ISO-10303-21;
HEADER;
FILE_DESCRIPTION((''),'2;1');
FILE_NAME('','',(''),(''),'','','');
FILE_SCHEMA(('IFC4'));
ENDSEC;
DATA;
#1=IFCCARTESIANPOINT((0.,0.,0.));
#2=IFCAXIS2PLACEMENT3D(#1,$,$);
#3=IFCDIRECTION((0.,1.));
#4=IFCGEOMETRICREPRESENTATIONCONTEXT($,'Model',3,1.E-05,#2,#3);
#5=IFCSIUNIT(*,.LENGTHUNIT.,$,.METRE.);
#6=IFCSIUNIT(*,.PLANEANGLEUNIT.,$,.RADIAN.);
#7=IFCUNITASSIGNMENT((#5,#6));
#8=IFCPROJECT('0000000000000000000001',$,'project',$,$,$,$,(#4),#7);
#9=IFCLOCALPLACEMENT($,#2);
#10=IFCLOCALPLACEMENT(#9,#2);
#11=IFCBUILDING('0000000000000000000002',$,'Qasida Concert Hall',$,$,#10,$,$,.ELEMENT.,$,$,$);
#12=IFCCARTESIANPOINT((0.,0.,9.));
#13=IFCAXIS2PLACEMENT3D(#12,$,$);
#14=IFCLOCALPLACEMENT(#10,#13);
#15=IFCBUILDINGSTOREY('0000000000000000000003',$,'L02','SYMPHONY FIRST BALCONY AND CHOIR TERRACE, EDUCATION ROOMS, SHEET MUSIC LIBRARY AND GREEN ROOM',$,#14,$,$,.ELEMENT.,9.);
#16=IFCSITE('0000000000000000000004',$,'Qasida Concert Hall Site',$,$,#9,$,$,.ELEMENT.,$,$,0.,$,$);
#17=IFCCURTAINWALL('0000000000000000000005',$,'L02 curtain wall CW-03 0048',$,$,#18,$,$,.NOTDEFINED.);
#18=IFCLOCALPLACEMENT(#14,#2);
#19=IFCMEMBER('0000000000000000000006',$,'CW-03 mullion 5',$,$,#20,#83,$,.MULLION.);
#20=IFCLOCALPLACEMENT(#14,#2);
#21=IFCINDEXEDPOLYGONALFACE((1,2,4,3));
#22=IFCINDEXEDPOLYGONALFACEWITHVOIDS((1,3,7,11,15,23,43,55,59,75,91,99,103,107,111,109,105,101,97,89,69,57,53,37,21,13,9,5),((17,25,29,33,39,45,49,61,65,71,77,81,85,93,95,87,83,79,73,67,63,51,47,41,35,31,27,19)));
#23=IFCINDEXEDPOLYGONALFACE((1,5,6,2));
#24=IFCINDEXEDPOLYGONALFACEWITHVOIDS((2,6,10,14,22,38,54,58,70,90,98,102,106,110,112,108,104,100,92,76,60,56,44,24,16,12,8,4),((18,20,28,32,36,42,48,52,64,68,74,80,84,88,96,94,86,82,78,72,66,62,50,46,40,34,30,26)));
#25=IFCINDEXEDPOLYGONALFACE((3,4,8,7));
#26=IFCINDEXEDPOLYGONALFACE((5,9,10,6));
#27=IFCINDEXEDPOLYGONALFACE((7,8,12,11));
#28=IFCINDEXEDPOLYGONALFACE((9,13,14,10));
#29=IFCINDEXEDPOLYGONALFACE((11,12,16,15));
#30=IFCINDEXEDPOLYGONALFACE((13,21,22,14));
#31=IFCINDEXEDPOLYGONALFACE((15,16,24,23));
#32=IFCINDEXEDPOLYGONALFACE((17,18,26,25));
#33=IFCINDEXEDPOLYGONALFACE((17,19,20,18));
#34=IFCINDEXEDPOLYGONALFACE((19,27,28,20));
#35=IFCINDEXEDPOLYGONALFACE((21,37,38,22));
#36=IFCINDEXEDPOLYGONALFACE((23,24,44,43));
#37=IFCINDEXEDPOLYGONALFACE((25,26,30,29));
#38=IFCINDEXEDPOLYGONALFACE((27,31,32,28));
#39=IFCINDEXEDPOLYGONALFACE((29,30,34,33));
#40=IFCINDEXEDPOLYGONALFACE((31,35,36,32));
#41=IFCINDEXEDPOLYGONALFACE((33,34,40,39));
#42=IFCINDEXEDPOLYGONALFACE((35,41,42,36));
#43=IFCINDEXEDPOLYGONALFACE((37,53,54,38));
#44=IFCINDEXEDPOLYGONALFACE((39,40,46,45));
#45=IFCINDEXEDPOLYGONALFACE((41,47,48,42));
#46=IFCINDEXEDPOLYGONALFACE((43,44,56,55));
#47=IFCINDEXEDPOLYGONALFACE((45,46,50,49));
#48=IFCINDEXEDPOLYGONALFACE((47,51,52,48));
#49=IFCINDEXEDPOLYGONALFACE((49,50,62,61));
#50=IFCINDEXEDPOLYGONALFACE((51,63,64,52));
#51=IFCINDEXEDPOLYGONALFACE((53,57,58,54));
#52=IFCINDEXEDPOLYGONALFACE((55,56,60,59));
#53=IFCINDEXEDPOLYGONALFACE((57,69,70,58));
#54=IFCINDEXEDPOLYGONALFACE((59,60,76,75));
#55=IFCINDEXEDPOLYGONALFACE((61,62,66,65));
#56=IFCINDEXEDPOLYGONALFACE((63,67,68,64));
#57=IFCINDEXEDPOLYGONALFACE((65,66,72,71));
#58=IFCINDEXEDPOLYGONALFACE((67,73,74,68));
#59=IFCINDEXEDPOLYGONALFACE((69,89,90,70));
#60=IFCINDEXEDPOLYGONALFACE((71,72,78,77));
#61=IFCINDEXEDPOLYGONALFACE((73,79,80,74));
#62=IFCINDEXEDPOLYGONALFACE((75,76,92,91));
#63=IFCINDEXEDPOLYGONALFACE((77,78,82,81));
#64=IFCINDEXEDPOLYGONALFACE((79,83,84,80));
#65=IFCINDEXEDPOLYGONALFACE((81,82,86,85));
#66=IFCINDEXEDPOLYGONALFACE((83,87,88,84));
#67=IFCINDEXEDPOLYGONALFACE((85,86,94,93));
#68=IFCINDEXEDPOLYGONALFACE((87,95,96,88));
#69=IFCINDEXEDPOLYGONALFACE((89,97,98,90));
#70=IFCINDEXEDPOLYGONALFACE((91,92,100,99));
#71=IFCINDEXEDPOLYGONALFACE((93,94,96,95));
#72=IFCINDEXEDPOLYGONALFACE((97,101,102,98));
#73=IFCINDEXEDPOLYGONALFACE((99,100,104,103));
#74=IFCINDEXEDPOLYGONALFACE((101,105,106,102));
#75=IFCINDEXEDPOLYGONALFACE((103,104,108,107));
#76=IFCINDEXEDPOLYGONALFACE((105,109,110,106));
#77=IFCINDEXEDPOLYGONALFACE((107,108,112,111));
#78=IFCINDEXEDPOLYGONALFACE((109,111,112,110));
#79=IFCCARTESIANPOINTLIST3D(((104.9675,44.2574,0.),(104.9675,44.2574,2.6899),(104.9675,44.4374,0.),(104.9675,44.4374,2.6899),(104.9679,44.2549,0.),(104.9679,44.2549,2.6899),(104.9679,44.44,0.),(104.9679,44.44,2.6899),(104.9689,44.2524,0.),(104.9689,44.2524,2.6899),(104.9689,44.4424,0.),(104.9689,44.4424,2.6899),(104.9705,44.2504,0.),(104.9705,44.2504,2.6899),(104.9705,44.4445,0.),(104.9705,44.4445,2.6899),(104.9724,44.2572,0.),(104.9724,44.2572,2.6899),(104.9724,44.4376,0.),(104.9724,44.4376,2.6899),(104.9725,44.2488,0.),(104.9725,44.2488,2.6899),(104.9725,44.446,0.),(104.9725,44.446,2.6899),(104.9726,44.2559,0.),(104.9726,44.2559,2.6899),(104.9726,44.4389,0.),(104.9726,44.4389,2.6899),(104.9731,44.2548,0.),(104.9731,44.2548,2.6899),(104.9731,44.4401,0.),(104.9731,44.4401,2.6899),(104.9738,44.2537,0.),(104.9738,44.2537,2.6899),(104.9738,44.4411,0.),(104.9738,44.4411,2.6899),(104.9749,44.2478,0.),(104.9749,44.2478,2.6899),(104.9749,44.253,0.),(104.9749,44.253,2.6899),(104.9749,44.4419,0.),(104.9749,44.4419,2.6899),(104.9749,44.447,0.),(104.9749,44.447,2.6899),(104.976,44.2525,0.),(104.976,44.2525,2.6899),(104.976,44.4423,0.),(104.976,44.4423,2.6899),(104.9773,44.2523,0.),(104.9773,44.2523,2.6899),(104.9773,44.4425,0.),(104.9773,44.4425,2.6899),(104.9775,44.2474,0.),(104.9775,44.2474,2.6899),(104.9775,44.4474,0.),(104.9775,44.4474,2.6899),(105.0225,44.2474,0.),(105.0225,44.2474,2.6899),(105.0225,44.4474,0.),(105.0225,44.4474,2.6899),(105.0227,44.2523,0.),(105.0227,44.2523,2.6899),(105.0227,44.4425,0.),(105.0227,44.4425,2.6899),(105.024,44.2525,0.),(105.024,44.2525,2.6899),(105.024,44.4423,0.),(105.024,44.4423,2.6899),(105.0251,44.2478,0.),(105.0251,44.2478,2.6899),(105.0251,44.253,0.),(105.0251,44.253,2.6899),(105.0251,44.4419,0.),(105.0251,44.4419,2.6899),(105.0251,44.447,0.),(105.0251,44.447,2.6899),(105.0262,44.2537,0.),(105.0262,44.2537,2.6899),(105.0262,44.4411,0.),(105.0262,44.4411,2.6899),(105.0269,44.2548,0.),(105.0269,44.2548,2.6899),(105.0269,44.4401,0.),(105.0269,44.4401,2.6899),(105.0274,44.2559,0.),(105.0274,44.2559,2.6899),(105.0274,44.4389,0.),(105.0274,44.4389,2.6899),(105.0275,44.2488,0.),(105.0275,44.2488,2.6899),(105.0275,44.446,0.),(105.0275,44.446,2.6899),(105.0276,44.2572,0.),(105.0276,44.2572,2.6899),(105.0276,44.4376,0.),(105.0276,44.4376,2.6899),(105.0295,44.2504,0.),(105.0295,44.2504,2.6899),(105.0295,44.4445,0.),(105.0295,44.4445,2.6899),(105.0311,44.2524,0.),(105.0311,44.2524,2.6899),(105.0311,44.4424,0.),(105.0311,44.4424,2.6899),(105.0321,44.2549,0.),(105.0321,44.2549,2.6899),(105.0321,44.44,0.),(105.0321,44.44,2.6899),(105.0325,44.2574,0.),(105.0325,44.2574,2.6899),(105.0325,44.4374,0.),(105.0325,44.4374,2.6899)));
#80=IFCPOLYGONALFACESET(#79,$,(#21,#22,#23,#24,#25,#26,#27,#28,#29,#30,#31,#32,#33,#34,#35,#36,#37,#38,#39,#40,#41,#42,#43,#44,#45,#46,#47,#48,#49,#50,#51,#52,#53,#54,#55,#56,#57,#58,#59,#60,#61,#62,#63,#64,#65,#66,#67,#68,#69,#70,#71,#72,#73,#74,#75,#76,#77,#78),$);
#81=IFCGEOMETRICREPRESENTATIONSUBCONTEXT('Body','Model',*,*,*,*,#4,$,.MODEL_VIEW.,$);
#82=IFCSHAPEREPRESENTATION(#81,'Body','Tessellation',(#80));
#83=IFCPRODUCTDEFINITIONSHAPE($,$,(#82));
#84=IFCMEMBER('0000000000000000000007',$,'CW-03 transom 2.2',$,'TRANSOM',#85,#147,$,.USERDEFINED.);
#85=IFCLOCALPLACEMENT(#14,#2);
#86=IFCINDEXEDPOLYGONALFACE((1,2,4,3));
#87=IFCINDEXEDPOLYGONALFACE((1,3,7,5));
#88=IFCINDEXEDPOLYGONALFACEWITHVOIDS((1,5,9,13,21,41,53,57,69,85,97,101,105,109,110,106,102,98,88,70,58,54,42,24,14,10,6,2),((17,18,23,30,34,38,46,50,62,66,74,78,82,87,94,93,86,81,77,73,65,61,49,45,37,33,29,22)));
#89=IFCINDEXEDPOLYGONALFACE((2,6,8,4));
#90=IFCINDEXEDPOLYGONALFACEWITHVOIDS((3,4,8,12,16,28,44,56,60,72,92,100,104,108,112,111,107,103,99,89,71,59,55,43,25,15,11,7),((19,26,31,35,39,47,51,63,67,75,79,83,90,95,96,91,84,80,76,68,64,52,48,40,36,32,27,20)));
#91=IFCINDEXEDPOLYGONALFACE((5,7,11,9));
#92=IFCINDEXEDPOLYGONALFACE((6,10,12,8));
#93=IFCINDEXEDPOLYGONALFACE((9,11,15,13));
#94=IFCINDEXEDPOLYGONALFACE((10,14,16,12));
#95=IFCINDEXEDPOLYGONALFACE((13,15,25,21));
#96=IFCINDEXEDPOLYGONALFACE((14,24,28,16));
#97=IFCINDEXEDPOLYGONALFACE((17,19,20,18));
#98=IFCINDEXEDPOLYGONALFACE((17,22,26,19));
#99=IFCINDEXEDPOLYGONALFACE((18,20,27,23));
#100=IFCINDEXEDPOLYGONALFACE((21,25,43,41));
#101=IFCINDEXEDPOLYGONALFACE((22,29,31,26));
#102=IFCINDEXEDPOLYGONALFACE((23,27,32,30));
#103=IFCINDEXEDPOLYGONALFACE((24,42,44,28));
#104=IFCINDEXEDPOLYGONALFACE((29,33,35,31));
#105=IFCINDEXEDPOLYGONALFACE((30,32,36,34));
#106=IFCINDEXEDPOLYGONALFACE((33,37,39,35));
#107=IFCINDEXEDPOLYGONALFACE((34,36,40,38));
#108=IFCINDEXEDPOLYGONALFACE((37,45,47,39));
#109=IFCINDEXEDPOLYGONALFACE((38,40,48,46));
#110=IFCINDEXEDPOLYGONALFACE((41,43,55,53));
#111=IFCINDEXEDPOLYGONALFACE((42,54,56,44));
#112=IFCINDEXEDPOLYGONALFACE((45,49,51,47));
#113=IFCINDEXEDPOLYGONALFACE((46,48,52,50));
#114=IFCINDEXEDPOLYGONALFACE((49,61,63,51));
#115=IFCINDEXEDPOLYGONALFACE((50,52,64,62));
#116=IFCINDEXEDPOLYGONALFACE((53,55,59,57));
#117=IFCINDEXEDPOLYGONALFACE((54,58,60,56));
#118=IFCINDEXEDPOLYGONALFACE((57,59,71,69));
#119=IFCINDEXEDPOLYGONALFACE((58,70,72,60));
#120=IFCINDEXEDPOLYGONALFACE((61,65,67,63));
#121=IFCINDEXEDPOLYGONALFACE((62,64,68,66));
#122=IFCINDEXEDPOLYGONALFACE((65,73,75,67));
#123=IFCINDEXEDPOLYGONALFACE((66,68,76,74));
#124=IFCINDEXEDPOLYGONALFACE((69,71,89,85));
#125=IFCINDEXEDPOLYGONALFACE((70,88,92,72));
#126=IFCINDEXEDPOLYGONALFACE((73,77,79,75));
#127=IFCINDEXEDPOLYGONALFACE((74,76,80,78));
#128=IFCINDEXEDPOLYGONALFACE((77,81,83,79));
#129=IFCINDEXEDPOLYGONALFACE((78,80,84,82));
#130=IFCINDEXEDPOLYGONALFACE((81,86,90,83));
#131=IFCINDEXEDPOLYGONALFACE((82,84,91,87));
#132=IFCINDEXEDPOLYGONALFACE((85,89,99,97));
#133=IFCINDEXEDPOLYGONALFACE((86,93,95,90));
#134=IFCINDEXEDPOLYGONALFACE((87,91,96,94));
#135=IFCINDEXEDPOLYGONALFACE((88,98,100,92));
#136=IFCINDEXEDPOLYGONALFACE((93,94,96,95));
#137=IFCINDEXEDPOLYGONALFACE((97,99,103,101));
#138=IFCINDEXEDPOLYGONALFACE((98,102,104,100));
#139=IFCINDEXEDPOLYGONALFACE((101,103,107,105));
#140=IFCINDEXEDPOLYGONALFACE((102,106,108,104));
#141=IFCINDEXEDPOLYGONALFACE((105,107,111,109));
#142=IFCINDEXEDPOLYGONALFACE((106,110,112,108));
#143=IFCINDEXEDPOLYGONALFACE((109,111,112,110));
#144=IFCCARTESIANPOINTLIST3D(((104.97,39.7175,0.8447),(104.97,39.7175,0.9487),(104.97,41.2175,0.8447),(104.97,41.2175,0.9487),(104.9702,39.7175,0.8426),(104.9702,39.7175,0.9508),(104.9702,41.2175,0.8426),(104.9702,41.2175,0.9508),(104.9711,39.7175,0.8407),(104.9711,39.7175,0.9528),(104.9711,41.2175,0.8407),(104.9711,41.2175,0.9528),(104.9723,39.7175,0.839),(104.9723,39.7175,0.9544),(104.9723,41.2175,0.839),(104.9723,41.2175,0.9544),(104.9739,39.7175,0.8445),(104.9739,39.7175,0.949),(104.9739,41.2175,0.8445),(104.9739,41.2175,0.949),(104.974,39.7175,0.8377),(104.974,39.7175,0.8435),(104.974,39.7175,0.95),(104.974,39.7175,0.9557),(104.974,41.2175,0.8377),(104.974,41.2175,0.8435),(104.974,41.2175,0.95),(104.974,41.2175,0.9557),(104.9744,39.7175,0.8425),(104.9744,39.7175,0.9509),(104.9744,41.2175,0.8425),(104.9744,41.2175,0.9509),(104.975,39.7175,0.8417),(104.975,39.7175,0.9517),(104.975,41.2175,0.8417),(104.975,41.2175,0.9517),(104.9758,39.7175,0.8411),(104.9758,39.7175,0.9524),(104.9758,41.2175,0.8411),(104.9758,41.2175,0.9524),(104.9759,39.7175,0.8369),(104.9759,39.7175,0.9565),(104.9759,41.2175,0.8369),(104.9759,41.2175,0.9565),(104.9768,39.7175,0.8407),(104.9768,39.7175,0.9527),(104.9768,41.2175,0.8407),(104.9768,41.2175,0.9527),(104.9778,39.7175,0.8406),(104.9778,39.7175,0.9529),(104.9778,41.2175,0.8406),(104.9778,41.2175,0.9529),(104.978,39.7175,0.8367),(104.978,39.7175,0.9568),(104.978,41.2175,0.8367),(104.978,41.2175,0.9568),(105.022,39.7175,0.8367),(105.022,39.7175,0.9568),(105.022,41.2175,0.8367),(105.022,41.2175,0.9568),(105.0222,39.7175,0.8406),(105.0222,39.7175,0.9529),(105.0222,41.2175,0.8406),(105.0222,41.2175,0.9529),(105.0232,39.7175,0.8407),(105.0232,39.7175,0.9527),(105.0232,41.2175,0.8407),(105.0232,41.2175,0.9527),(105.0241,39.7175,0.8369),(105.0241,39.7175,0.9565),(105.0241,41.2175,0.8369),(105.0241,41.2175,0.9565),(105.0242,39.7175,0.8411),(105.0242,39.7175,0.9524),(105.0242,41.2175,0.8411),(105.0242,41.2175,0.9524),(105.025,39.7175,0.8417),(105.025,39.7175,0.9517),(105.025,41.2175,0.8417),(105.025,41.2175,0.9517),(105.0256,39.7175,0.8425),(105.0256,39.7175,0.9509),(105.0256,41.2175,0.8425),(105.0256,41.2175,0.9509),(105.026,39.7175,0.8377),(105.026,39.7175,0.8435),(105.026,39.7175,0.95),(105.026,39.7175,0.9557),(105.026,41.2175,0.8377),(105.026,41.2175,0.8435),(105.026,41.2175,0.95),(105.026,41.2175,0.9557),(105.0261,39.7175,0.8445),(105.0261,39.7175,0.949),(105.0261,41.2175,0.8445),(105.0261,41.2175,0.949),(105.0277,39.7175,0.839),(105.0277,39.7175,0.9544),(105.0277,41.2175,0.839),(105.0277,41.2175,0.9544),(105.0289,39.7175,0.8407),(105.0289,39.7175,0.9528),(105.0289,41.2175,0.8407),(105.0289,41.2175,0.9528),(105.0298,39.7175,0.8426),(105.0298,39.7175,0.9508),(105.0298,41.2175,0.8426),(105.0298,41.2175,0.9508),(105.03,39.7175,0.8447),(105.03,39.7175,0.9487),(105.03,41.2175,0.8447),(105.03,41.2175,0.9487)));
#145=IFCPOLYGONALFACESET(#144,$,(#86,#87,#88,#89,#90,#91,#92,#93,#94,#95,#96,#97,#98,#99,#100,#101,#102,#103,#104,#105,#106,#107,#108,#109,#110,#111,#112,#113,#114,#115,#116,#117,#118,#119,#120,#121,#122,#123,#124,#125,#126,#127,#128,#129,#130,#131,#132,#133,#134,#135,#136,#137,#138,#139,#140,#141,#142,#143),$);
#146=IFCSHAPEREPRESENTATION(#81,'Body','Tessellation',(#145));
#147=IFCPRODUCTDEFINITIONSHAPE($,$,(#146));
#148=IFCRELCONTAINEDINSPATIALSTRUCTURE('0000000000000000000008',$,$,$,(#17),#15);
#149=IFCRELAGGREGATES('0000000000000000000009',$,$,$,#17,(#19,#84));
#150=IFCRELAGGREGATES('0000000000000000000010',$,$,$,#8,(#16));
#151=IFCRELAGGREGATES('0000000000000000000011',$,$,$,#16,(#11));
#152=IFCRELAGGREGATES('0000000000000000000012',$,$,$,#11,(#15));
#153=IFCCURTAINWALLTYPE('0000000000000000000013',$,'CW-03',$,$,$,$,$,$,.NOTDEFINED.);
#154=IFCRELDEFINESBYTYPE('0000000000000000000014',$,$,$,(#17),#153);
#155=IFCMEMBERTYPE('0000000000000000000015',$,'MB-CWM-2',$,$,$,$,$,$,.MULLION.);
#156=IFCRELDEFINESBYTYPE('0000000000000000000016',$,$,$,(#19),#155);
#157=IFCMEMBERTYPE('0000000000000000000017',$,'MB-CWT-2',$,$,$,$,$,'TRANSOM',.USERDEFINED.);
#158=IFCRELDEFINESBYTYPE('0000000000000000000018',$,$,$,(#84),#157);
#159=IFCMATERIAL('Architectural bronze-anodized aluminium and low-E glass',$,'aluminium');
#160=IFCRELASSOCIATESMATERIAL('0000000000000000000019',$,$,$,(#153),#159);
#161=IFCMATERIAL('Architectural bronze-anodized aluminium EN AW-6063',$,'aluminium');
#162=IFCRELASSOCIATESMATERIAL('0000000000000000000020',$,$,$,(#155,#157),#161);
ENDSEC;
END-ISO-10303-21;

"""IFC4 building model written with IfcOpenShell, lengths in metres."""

from ifc_helpers import new_model, si_unit, direction, frame, origin, origin_2d, place, context, subcontext, project, spatial, hollow_rectangle, extrude, material, material_profile, profile_set, type_object, element, aggregate, save


model = new_model("IFC4")

# Units and contexts
model_context = context("Model", 3, precision=1e-05, world=origin(), true_north=direction((0.0, 1.0)))
body_context = subcontext(model_context, "Body", "Model", "MODEL_VIEW")
ifc_project = project(units=[si_unit("LENGTHUNIT", "METRE"), si_unit("PLANEANGLEUNIT", "RADIAN")], contexts=[model_context])

# Site, building, storey
site_placement = place(None, origin())
site = spatial("IfcSite", under=ifc_project, at=site_placement, Name="Qasida Concert Hall Site", CompositionType="ELEMENT", RefElevation=0.0)
building_placement = place(site_placement, origin())
building = spatial("IfcBuilding", under=site, at=building_placement, Name="Qasida Concert Hall", CompositionType="ELEMENT")
storey_placement = place(building_placement, frame((0.0, 0.0, 9.0)))
storey = spatial("IfcBuildingStorey", under=building, at=storey_placement, Name="L02", Description="SYMPHONY FIRST BALCONY AND CHOIR TERRACE, EDUCATION ROOMS, SHEET MUSIC LIBRARY AND GREEN ROOM", CompositionType="ELEMENT", Elevation=9.0)

# Curtain wall, members
ifc_material_1 = material(Name="Architectural bronze-anodized aluminium and low-E glass", Category="aluminium")
curtain_wall_type = type_object("IfcCurtainWallType", Name="CW-03", PredefinedType="NOTDEFINED", material=ifc_material_1)
curtain_wall_placement = place(storey_placement, origin())
curtain_wall = element("IfcCurtainWall", 1, at=curtain_wall_placement, inside=storey, type_object=curtain_wall_type, Name="L02 curtain wall CW-03 0048", PredefinedType="NOTDEFINED")
ifc_material_2 = material(Name="Architectural bronze-anodized aluminium EN AW-6063", Category="aluminium")
ifc_material_profile_1 = material_profile(ifc_material_2, hollow_rectangle(XDim=0.0649, YDim=0.2, WallThickness=0.0049, InnerFilletRadius=0.0049, OuterFilletRadius=0.01, at=origin_2d()), Name="CWM 200x65x5")
ifc_profile_set_1 = profile_set([ifc_material_profile_1], Name="Architectural bronze-anodized aluminium EN AW-6063")
member_type_1 = type_object("IfcMemberType", Name="MB-CWM-2", PredefinedType="MULLION", material=ifc_profile_set_1)
member_1_placement = place(storey_placement, frame((105.0, 44.3474, 0.0), z_axis=(0.0, 0.0, 1.0), x_axis=(-1.0, 0.0, 0.0)))
member_1 = element("IfcMember", 2, at=member_1_placement, type_object=member_type_1, Name="CW-03 mullion 5", PredefinedType="MULLION", context=body_context, shape_type="SweptSolid", body=[
    extrude(hollow_rectangle(XDim=0.0649, YDim=0.2, WallThickness=0.0049, InnerFilletRadius=0.0049, OuterFilletRadius=0.01, at=origin_2d()), origin(), (0.0, 0.0, 1.0), 2.6899),
])
ifc_material_profile_2 = material_profile(ifc_material_2, hollow_rectangle(XDim=0.0601, YDim=0.1201, WallThickness=0.0039, InnerFilletRadius=0.0039, OuterFilletRadius=0.0081, at=origin_2d()), Name="CWT 120x60x4")
ifc_profile_set_2 = profile_set([ifc_material_profile_2], Name="Architectural bronze-anodized aluminium EN AW-6063")
member_type_2 = type_object("IfcMemberType", Name="MB-CWT-2", ElementType="TRANSOM", PredefinedType="USERDEFINED", material=ifc_profile_set_2)
member_2_placement = place(storey_placement, frame((105.0, 39.7175, 0.8967), z_axis=(0.0, 1.0, 0.0), x_axis=(-1.0, 0.0, 0.0)))
member_2 = element("IfcMember", 3, at=member_2_placement, type_object=member_type_2, Name="CW-03 transom 2.2", ObjectType="TRANSOM", PredefinedType="USERDEFINED", context=body_context, shape_type="SweptSolid", body=[
    extrude(hollow_rectangle(XDim=0.0601, YDim=0.1201, WallThickness=0.0039, InnerFilletRadius=0.0039, OuterFilletRadius=0.0081, at=origin_2d()), origin(), (0.0, 0.0, 1.0), 1.5),
])
aggregate(curtain_wall, [member_1, member_2])

save(model, "model.ifc")
